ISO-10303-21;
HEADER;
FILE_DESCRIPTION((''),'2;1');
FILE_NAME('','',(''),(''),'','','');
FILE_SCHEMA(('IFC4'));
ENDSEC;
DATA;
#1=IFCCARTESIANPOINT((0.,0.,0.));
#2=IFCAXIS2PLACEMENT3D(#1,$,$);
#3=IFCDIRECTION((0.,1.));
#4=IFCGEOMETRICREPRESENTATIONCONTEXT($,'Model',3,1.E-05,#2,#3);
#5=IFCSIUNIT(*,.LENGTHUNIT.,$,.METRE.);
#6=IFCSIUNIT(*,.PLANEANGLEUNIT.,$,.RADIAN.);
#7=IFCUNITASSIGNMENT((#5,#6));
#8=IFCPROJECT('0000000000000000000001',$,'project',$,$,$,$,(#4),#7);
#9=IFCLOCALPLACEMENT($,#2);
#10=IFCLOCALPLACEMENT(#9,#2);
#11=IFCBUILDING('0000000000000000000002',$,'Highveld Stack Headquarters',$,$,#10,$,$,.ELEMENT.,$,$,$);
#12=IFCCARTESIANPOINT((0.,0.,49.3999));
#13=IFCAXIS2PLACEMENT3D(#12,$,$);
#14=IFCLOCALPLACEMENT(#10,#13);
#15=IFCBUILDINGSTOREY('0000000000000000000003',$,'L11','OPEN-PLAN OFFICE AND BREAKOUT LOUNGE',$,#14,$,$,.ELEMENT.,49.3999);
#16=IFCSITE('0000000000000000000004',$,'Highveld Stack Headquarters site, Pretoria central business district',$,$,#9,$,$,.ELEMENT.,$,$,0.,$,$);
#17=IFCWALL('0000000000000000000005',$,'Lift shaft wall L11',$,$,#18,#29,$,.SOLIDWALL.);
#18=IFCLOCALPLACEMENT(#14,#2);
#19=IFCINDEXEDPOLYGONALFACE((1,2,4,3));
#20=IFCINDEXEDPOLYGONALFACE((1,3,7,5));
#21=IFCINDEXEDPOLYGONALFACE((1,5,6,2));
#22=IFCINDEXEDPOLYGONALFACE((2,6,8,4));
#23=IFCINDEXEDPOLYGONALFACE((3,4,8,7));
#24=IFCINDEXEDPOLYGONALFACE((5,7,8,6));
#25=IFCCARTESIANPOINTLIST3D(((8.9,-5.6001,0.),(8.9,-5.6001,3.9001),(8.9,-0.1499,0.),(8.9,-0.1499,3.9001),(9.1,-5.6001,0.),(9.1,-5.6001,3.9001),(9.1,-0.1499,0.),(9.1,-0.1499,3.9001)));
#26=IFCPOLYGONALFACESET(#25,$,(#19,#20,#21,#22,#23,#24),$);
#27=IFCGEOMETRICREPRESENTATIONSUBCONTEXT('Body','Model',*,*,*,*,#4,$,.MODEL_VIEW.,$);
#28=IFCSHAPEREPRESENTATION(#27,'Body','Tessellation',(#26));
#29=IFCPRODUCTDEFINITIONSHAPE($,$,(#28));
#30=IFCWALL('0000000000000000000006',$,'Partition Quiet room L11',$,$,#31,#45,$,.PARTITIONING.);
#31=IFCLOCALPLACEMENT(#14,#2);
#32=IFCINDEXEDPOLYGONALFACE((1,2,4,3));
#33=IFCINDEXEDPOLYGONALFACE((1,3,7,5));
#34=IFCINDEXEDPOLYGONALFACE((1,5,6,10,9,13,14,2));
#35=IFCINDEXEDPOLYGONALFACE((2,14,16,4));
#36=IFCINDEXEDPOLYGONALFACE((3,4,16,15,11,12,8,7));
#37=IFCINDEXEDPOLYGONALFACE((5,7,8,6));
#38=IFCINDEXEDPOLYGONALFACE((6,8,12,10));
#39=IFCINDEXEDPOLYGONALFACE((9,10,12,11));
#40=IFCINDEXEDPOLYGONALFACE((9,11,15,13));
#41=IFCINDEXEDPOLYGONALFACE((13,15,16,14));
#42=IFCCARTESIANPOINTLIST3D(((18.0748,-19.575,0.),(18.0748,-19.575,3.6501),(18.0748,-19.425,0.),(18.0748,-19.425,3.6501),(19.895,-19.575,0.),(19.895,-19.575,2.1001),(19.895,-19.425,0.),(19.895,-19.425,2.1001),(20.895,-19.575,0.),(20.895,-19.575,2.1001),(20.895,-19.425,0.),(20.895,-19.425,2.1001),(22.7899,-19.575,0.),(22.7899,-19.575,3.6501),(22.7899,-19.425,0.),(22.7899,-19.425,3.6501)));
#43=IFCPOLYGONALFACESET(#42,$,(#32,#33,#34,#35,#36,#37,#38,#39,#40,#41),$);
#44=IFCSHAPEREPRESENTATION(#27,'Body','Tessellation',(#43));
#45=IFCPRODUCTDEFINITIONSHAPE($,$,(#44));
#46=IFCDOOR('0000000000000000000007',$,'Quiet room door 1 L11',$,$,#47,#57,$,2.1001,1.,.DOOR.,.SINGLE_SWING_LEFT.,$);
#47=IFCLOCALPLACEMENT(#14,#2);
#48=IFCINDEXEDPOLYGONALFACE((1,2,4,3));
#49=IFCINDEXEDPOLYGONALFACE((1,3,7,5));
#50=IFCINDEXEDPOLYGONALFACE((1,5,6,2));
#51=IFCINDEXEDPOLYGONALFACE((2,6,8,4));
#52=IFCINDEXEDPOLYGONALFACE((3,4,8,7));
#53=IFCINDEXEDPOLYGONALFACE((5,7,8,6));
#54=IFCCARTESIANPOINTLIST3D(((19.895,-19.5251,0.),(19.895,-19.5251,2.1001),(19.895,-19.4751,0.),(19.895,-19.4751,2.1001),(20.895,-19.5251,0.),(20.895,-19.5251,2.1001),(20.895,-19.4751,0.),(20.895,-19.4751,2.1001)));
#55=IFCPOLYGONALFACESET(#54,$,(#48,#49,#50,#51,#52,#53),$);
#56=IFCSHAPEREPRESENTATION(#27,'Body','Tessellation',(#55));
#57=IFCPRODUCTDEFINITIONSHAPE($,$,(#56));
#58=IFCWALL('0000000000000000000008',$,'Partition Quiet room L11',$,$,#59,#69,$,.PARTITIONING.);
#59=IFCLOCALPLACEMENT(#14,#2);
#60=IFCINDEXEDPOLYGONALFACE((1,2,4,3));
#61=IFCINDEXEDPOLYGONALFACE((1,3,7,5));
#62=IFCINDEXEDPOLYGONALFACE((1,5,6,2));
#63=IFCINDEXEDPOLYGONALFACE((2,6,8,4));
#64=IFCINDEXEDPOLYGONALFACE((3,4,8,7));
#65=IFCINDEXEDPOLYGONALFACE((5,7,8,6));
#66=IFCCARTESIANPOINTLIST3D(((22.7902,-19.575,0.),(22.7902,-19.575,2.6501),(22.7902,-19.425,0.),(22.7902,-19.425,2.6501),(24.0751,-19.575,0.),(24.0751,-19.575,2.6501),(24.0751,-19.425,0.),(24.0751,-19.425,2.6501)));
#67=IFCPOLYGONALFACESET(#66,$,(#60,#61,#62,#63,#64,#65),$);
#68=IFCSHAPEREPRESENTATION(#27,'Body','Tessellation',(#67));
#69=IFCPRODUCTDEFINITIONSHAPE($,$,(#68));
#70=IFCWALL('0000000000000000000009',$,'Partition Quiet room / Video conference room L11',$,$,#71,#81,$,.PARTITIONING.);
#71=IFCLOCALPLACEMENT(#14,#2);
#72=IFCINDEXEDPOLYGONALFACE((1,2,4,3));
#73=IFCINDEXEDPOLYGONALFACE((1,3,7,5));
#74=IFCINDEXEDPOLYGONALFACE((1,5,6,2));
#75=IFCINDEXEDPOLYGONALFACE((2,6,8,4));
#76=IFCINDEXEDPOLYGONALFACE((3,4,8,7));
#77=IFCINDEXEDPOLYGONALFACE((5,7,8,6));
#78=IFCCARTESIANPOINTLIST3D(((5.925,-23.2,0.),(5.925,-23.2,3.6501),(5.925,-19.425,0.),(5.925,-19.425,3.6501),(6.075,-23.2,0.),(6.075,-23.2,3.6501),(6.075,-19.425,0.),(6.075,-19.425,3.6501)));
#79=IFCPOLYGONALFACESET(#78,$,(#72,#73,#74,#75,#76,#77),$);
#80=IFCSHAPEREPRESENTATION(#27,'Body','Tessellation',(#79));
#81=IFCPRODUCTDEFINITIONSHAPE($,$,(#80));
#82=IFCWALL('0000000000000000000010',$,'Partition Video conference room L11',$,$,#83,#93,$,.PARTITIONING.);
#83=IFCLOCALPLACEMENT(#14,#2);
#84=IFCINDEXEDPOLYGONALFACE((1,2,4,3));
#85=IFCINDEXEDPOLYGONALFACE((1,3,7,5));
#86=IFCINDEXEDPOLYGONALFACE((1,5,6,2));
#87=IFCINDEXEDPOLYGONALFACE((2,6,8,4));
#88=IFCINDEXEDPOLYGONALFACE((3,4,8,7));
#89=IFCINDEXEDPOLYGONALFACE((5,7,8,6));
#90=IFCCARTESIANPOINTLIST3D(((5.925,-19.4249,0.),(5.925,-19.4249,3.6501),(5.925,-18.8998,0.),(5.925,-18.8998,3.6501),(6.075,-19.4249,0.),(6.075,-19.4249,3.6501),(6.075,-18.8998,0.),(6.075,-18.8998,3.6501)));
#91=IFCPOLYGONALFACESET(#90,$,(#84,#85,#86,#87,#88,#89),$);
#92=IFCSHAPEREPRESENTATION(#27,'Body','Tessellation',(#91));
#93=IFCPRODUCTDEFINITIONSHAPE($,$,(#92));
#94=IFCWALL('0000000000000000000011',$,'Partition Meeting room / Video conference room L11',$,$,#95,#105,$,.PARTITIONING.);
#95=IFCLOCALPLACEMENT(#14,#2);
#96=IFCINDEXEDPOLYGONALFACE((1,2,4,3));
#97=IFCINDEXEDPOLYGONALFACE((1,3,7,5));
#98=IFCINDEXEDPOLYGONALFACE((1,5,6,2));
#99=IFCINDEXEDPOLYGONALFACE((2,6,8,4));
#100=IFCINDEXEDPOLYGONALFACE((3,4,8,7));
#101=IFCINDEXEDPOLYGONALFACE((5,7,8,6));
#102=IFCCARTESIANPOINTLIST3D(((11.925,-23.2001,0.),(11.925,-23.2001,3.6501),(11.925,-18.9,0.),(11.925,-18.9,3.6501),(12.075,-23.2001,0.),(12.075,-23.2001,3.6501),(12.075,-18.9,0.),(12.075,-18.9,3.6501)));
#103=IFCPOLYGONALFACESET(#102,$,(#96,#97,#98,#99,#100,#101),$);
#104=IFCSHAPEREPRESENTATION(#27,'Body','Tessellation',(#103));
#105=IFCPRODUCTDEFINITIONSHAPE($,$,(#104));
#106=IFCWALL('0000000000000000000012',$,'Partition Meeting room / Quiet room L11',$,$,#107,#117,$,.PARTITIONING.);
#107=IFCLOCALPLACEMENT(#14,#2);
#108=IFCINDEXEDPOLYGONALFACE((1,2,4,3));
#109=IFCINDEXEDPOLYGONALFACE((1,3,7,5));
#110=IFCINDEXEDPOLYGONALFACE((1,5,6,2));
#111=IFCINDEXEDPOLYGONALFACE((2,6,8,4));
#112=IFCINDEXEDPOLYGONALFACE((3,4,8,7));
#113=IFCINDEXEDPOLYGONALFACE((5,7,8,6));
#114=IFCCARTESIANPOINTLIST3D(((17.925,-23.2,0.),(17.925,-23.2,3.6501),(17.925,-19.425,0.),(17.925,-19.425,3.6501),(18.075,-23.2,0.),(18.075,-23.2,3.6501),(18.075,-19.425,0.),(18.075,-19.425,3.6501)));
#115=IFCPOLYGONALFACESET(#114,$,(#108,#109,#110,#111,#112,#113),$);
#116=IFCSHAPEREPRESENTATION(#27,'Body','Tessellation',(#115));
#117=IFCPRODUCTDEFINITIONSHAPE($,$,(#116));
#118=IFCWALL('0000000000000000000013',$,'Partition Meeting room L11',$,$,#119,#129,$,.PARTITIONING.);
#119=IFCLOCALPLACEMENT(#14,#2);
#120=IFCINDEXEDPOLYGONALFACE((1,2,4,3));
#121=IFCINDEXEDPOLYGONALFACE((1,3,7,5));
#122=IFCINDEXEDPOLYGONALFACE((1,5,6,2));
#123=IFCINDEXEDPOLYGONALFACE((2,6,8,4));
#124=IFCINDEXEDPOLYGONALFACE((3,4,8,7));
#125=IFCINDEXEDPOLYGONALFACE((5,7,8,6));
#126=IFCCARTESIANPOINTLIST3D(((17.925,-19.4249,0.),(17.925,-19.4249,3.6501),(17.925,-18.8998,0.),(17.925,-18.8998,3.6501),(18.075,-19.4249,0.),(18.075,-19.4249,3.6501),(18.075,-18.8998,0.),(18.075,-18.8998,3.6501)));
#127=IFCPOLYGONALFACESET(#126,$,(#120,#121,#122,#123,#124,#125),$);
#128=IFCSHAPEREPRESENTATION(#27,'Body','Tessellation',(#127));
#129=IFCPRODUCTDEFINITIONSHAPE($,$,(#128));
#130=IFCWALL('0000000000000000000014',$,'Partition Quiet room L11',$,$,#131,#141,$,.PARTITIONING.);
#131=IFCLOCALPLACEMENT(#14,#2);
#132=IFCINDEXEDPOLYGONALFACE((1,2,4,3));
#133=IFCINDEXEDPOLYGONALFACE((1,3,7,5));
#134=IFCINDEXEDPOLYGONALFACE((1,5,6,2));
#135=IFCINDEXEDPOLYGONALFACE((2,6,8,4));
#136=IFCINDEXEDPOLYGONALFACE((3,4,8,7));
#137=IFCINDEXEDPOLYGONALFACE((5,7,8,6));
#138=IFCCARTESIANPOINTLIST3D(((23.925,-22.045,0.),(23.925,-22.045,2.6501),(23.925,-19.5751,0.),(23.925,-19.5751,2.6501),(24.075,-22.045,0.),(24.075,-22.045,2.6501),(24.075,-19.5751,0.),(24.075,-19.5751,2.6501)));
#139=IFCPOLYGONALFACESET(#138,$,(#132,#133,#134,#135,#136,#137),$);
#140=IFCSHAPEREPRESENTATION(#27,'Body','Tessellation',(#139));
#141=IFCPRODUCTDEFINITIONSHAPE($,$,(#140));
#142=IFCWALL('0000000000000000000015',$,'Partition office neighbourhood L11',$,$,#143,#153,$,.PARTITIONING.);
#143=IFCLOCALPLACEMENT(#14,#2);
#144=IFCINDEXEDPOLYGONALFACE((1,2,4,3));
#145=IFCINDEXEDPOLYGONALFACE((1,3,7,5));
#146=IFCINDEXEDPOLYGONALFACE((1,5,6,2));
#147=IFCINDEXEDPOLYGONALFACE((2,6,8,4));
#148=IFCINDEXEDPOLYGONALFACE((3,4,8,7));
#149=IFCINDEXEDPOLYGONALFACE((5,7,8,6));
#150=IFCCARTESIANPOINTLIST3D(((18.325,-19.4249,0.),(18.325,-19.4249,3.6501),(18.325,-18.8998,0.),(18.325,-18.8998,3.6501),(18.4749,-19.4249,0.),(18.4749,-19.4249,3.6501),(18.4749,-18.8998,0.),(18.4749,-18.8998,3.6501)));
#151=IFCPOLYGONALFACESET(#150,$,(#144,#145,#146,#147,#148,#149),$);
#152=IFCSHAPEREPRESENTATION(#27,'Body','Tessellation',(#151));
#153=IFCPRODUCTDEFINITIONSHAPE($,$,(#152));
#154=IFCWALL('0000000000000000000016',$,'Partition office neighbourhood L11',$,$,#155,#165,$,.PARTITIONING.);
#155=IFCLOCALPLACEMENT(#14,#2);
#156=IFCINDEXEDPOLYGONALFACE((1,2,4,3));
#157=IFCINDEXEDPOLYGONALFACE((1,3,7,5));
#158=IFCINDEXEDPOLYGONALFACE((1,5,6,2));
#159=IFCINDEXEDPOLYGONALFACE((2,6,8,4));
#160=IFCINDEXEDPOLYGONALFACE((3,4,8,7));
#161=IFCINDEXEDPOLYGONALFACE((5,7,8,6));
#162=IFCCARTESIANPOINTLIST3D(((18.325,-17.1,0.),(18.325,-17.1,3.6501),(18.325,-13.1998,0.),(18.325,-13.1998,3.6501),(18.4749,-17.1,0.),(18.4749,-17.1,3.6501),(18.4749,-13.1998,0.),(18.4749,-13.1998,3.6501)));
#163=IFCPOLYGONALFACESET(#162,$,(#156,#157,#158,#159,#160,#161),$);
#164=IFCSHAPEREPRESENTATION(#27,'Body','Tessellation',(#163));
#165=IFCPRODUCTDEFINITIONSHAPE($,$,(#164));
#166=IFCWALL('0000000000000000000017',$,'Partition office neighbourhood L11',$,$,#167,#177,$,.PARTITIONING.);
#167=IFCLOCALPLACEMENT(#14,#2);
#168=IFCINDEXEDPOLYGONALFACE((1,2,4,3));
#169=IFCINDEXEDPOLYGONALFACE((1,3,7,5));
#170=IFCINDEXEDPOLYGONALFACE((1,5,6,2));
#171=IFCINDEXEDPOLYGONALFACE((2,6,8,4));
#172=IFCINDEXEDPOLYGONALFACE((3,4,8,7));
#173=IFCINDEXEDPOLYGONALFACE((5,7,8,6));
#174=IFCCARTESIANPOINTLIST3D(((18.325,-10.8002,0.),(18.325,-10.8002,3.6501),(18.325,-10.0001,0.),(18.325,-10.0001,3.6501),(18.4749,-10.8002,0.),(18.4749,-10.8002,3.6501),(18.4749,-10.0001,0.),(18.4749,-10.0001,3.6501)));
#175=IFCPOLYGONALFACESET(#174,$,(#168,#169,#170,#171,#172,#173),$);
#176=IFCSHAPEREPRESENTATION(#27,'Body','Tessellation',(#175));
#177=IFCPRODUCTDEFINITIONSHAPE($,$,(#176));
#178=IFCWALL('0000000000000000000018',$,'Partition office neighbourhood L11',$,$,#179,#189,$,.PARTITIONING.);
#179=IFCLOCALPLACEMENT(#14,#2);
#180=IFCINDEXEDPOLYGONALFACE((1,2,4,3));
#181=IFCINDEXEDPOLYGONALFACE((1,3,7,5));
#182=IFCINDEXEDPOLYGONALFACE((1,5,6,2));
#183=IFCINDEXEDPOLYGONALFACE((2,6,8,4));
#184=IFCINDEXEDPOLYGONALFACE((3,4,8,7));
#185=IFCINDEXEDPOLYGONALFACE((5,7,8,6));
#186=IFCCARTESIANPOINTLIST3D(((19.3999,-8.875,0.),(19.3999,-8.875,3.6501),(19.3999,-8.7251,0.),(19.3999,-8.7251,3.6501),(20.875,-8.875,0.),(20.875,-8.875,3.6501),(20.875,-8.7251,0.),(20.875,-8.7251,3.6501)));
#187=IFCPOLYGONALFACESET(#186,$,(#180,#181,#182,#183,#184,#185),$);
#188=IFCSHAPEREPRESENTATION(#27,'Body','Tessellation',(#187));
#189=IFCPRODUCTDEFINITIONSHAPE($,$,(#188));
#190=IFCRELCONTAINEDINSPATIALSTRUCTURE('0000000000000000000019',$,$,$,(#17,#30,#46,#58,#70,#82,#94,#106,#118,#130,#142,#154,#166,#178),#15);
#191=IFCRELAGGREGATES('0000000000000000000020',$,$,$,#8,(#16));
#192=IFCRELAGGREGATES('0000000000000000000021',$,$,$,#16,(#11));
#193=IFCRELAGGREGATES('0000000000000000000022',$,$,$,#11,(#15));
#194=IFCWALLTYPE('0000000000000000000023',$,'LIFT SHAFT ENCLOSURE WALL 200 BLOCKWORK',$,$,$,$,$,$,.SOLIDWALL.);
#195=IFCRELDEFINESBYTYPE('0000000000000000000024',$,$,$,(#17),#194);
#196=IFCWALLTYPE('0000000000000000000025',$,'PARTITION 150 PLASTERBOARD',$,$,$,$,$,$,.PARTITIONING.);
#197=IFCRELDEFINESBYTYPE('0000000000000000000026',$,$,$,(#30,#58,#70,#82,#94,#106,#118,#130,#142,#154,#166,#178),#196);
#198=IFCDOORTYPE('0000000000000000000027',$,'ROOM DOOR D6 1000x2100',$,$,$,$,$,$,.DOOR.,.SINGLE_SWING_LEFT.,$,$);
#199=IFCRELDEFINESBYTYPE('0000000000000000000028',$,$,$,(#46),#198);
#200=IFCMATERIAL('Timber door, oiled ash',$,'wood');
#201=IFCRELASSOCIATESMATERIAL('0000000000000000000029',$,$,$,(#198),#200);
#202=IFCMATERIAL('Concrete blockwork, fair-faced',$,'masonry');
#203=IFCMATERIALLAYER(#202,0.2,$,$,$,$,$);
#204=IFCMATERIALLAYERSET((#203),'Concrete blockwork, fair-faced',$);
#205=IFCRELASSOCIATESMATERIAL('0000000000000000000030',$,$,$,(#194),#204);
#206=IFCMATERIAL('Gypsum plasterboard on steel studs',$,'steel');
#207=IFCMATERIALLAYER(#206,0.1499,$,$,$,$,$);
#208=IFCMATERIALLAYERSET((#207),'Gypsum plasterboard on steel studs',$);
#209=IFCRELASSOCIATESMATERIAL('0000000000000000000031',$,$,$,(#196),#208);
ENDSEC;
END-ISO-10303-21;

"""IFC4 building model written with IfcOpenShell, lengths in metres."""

from ifc_helpers import new_model, si_unit, direction, frame, frame_2d, origin, place, context, subcontext, project, spatial, rectangle, extrude, material, layer, layer_set, type_object, element, fill, save


model = new_model("IFC4")

# Units and contexts
model_context = context("Model", 3, precision=1e-05, world=origin(), true_north=direction((0.0, 1.0)))
body_context = subcontext(model_context, "Body", "Model", "MODEL_VIEW")
ifc_project = project(units=[si_unit("LENGTHUNIT", "METRE"), si_unit("PLANEANGLEUNIT", "RADIAN")], contexts=[model_context])

# Site, building, storey
site_placement = place(None, origin())
site = spatial("IfcSite", under=ifc_project, at=site_placement, Name="Highveld Stack Headquarters site, Pretoria central business district", CompositionType="ELEMENT", RefElevation=0.0)
building_placement = place(site_placement, origin())
building = spatial("IfcBuilding", under=site, at=building_placement, Name="Highveld Stack Headquarters", CompositionType="ELEMENT")
storey_placement = place(building_placement, frame((0.0, 0.0, 49.3999)))
storey = spatial("IfcBuildingStorey", under=building, at=storey_placement, Name="L11", Description="OPEN-PLAN OFFICE AND BREAKOUT LOUNGE", CompositionType="ELEMENT", Elevation=49.3999)

# Shared definitions
ifc_material_1 = material(Name="Timber door, oiled ash", Category="wood")
door_type_1 = type_object("IfcDoorType", Name="ROOM DOOR D6 1000x2100", OperationType="SINGLE_SWING_LEFT", PredefinedType="DOOR", material=ifc_material_1)

# Wall
ifc_material_2 = material(Name="Concrete blockwork, fair-faced", Category="masonry")
ifc_layer_1 = layer(ifc_material_2, 0.2)
ifc_layer_set_1 = layer_set([ifc_layer_1], Name="Concrete blockwork, fair-faced")
wall_type_1 = type_object("IfcWallType", Name="LIFT SHAFT ENCLOSURE WALL 200 BLOCKWORK", PredefinedType="SOLIDWALL", material=ifc_layer_set_1)
wall_1_placement = place(storey_placement, frame((9.0, -5.6001, 0.0), z_axis=(0.0, 0.0, 1.0), x_axis=(0.0, 1.0, 0.0)))
element("IfcWall", 1, at=wall_1_placement, inside=storey, type_object=wall_type_1, Name="Lift shaft wall L11", PredefinedType="SOLIDWALL", context=body_context, shape_type="SweptSolid", body=[
    extrude(rectangle(XDim=5.4502, YDim=0.2, at=frame_2d((2.7251, 0.0))), origin(), (0.0, 0.0, 1.0), 3.9001),
])

# Wall, opening, door
ifc_material_3 = material(Name="Gypsum plasterboard on steel studs", Category="steel")
ifc_layer_2 = layer(ifc_material_3, 0.1499)
ifc_layer_set_2 = layer_set([ifc_layer_2], Name="Gypsum plasterboard on steel studs")
wall_type_2 = type_object("IfcWallType", Name="PARTITION 150 PLASTERBOARD", PredefinedType="PARTITIONING", material=ifc_layer_set_2)
wall_2_placement = place(storey_placement, frame((18.075, -19.5, 0.0), z_axis=(0.0, 0.0, 1.0), x_axis=(1.0, 0.0, 0.0)))
wall_2 = element("IfcWall", 2, at=wall_2_placement, inside=storey, type_object=wall_type_2, Name="Partition Quiet room L11", PredefinedType="PARTITIONING", context=body_context, shape_type="SweptSolid", body=[
    extrude(rectangle(XDim=4.7151, YDim=0.1499, at=frame_2d((2.3574, 0.0))), origin(), (0.0, 0.0, 1.0), 3.6501),
])
opening_1_placement = place(wall_2_placement, frame((1.8201, 0.0, 0.0)))
opening_1 = element("IfcOpeningElement", 3, at=opening_1_placement, cuts=wall_2, PredefinedType="OPENING", context=body_context, shape_type="SweptSolid", body=[
    extrude(rectangle(XDim=1.0, YDim=2.1001, at=frame_2d((0.5, 1.05))), frame((0.0, 0.085, 0.0), z_axis=(0.0, -1.0, 0.0), x_axis=(1.0, 0.0, 0.0)), (0.0, 0.0, 1.0), 0.1699),
])
door_1_placement = place(opening_1_placement, origin())
door_1 = element("IfcDoor", 4, at=door_1_placement, inside=storey, type_object=door_type_1, Name="Quiet room door 1 L11", OperationType="SINGLE_SWING_LEFT", OverallHeight=2.1001, OverallWidth=1.0, PredefinedType="DOOR", context=body_context, shape_type="SweptSolid", body=[
    extrude(rectangle(XDim=1.0, YDim=2.1001, at=frame_2d((0.5, 1.05))), frame((0.0, 0.0249, 0.0), z_axis=(0.0, -1.0, 0.0), x_axis=(1.0, 0.0, 0.0)), (0.0, 0.0, 1.0), 0.05),
])
fill(opening_1, door_1)

# Walls
wall_3_placement = place(storey_placement, frame((22.79, -19.5, 0.0), z_axis=(0.0, 0.0, 1.0), x_axis=(1.0, 0.0, 0.0)))
element("IfcWall", 5, at=wall_3_placement, inside=storey, type_object=wall_type_2, Name="Partition Quiet room L11", PredefinedType="PARTITIONING", context=body_context, shape_type="SweptSolid", body=[
    extrude(rectangle(XDim=1.2849, YDim=0.1499, at=frame_2d((0.6426, 0.0))), origin(), (0.0, 0.0, 1.0), 2.6501),
])
wall_4_placement = place(storey_placement, frame((6.0, -23.2, 0.0), z_axis=(0.0, 0.0, 1.0), x_axis=(0.0, 1.0, 0.0)))
element("IfcWall", 6, at=wall_4_placement, inside=storey, type_object=wall_type_2, Name="Partition Quiet room / Video conference room L11", PredefinedType="PARTITIONING", context=body_context, shape_type="SweptSolid", body=[
    extrude(rectangle(XDim=3.7749, YDim=0.1499, at=frame_2d((1.8875, 0.0))), origin(), (0.0, 0.0, 1.0), 3.6501),
])
wall_5_placement = place(storey_placement, frame((6.0, -19.425, 0.0), z_axis=(0.0, 0.0, 1.0), x_axis=(0.0, 1.0, 0.0)))
element("IfcWall", 7, at=wall_5_placement, inside=storey, type_object=wall_type_2, Name="Partition Video conference room L11", PredefinedType="PARTITIONING", context=body_context, shape_type="SweptSolid", body=[
    extrude(rectangle(XDim=0.5251, YDim=0.1499, at=frame_2d((0.2627, 0.0))), origin(), (0.0, 0.0, 1.0), 3.6501),
])
wall_6_placement = place(storey_placement, frame((12.0, -23.2, 0.0), z_axis=(0.0, 0.0, 1.0), x_axis=(0.0, 1.0, 0.0)))
element("IfcWall", 8, at=wall_6_placement, inside=storey, type_object=wall_type_2, Name="Partition Meeting room / Video conference room L11", PredefinedType="PARTITIONING", context=body_context, shape_type="SweptSolid", body=[
    extrude(rectangle(XDim=4.3, YDim=0.1499, at=frame_2d((2.1499, 0.0))), origin(), (0.0, 0.0, 1.0), 3.6501),
])
wall_7_placement = place(storey_placement, frame((18.0, -23.2, 0.0), z_axis=(0.0, 0.0, 1.0), x_axis=(0.0, 1.0, 0.0)))
element("IfcWall", 9, at=wall_7_placement, inside=storey, type_object=wall_type_2, Name="Partition Meeting room / Quiet room L11", PredefinedType="PARTITIONING", context=body_context, shape_type="SweptSolid", body=[
    extrude(rectangle(XDim=3.7749, YDim=0.1499, at=frame_2d((1.8875, 0.0))), origin(), (0.0, 0.0, 1.0), 3.6501),
])
wall_8_placement = place(storey_placement, frame((18.0, -19.425, 0.0), z_axis=(0.0, 0.0, 1.0), x_axis=(0.0, 1.0, 0.0)))
element("IfcWall", 10, at=wall_8_placement, inside=storey, type_object=wall_type_2, Name="Partition Meeting room L11", PredefinedType="PARTITIONING", context=body_context, shape_type="SweptSolid", body=[
    extrude(rectangle(XDim=0.5251, YDim=0.1499, at=frame_2d((0.2627, 0.0))), origin(), (0.0, 0.0, 1.0), 3.6501),
])
wall_9_placement = place(storey_placement, frame((24.0, -22.0449, 0.0), z_axis=(0.0, 0.0, 1.0), x_axis=(0.0, 1.0, 0.0)))
element("IfcWall", 11, at=wall_9_placement, inside=storey, type_object=wall_type_2, Name="Partition Quiet room L11", PredefinedType="PARTITIONING", context=body_context, shape_type="SweptSolid", body=[
    extrude(rectangle(XDim=2.47, YDim=0.1499, at=frame_2d((1.2349, 0.0))), origin(), (0.0, 0.0, 1.0), 2.6501),
])
wall_10_placement = place(storey_placement, frame((18.3999, -19.425, 0.0), z_axis=(0.0, 0.0, 1.0), x_axis=(0.0, 1.0, 0.0)))
element("IfcWall", 12, at=wall_10_placement, inside=storey, type_object=wall_type_2, Name="Partition office neighbourhood L11", PredefinedType="PARTITIONING", context=body_context, shape_type="SweptSolid", body=[
    extrude(rectangle(XDim=0.5251, YDim=0.1499, at=frame_2d((0.2627, 0.0))), origin(), (0.0, 0.0, 1.0), 3.6501),
])
wall_11_placement = place(storey_placement, frame((18.3999, -17.1001, 0.0), z_axis=(0.0, 0.0, 1.0), x_axis=(0.0, 1.0, 0.0)))
element("IfcWall", 13, at=wall_11_placement, inside=storey, type_object=wall_type_2, Name="Partition office neighbourhood L11", PredefinedType="PARTITIONING", context=body_context, shape_type="SweptSolid", body=[
    extrude(rectangle(XDim=3.9001, YDim=0.1499, at=frame_2d((1.9502, 0.0))), origin(), (0.0, 0.0, 1.0), 3.6501),
])
wall_12_placement = place(storey_placement, frame((18.3999, -10.8, 0.0), z_axis=(0.0, 0.0, 1.0), x_axis=(0.0, 1.0, 0.0)))
element("IfcWall", 14, at=wall_12_placement, inside=storey, type_object=wall_type_2, Name="Partition office neighbourhood L11", PredefinedType="PARTITIONING", context=body_context, shape_type="SweptSolid", body=[
    extrude(rectangle(XDim=0.8, YDim=0.1499, at=frame_2d((0.3999, 0.0))), origin(), (0.0, 0.0, 1.0), 3.6501),
])
wall_13_placement = place(storey_placement, frame((19.3999, -8.8, 0.0), z_axis=(0.0, 0.0, 1.0), x_axis=(1.0, 0.0, 0.0)))
element("IfcWall", 15, at=wall_13_placement, inside=storey, type_object=wall_type_2, Name="Partition office neighbourhood L11", PredefinedType="PARTITIONING", context=body_context, shape_type="SweptSolid", body=[
    extrude(rectangle(XDim=1.4751, YDim=0.1499, at=frame_2d((0.7375, 0.0))), origin(), (0.0, 0.0, 1.0), 3.6501),
])

save(model, "model.ifc")
